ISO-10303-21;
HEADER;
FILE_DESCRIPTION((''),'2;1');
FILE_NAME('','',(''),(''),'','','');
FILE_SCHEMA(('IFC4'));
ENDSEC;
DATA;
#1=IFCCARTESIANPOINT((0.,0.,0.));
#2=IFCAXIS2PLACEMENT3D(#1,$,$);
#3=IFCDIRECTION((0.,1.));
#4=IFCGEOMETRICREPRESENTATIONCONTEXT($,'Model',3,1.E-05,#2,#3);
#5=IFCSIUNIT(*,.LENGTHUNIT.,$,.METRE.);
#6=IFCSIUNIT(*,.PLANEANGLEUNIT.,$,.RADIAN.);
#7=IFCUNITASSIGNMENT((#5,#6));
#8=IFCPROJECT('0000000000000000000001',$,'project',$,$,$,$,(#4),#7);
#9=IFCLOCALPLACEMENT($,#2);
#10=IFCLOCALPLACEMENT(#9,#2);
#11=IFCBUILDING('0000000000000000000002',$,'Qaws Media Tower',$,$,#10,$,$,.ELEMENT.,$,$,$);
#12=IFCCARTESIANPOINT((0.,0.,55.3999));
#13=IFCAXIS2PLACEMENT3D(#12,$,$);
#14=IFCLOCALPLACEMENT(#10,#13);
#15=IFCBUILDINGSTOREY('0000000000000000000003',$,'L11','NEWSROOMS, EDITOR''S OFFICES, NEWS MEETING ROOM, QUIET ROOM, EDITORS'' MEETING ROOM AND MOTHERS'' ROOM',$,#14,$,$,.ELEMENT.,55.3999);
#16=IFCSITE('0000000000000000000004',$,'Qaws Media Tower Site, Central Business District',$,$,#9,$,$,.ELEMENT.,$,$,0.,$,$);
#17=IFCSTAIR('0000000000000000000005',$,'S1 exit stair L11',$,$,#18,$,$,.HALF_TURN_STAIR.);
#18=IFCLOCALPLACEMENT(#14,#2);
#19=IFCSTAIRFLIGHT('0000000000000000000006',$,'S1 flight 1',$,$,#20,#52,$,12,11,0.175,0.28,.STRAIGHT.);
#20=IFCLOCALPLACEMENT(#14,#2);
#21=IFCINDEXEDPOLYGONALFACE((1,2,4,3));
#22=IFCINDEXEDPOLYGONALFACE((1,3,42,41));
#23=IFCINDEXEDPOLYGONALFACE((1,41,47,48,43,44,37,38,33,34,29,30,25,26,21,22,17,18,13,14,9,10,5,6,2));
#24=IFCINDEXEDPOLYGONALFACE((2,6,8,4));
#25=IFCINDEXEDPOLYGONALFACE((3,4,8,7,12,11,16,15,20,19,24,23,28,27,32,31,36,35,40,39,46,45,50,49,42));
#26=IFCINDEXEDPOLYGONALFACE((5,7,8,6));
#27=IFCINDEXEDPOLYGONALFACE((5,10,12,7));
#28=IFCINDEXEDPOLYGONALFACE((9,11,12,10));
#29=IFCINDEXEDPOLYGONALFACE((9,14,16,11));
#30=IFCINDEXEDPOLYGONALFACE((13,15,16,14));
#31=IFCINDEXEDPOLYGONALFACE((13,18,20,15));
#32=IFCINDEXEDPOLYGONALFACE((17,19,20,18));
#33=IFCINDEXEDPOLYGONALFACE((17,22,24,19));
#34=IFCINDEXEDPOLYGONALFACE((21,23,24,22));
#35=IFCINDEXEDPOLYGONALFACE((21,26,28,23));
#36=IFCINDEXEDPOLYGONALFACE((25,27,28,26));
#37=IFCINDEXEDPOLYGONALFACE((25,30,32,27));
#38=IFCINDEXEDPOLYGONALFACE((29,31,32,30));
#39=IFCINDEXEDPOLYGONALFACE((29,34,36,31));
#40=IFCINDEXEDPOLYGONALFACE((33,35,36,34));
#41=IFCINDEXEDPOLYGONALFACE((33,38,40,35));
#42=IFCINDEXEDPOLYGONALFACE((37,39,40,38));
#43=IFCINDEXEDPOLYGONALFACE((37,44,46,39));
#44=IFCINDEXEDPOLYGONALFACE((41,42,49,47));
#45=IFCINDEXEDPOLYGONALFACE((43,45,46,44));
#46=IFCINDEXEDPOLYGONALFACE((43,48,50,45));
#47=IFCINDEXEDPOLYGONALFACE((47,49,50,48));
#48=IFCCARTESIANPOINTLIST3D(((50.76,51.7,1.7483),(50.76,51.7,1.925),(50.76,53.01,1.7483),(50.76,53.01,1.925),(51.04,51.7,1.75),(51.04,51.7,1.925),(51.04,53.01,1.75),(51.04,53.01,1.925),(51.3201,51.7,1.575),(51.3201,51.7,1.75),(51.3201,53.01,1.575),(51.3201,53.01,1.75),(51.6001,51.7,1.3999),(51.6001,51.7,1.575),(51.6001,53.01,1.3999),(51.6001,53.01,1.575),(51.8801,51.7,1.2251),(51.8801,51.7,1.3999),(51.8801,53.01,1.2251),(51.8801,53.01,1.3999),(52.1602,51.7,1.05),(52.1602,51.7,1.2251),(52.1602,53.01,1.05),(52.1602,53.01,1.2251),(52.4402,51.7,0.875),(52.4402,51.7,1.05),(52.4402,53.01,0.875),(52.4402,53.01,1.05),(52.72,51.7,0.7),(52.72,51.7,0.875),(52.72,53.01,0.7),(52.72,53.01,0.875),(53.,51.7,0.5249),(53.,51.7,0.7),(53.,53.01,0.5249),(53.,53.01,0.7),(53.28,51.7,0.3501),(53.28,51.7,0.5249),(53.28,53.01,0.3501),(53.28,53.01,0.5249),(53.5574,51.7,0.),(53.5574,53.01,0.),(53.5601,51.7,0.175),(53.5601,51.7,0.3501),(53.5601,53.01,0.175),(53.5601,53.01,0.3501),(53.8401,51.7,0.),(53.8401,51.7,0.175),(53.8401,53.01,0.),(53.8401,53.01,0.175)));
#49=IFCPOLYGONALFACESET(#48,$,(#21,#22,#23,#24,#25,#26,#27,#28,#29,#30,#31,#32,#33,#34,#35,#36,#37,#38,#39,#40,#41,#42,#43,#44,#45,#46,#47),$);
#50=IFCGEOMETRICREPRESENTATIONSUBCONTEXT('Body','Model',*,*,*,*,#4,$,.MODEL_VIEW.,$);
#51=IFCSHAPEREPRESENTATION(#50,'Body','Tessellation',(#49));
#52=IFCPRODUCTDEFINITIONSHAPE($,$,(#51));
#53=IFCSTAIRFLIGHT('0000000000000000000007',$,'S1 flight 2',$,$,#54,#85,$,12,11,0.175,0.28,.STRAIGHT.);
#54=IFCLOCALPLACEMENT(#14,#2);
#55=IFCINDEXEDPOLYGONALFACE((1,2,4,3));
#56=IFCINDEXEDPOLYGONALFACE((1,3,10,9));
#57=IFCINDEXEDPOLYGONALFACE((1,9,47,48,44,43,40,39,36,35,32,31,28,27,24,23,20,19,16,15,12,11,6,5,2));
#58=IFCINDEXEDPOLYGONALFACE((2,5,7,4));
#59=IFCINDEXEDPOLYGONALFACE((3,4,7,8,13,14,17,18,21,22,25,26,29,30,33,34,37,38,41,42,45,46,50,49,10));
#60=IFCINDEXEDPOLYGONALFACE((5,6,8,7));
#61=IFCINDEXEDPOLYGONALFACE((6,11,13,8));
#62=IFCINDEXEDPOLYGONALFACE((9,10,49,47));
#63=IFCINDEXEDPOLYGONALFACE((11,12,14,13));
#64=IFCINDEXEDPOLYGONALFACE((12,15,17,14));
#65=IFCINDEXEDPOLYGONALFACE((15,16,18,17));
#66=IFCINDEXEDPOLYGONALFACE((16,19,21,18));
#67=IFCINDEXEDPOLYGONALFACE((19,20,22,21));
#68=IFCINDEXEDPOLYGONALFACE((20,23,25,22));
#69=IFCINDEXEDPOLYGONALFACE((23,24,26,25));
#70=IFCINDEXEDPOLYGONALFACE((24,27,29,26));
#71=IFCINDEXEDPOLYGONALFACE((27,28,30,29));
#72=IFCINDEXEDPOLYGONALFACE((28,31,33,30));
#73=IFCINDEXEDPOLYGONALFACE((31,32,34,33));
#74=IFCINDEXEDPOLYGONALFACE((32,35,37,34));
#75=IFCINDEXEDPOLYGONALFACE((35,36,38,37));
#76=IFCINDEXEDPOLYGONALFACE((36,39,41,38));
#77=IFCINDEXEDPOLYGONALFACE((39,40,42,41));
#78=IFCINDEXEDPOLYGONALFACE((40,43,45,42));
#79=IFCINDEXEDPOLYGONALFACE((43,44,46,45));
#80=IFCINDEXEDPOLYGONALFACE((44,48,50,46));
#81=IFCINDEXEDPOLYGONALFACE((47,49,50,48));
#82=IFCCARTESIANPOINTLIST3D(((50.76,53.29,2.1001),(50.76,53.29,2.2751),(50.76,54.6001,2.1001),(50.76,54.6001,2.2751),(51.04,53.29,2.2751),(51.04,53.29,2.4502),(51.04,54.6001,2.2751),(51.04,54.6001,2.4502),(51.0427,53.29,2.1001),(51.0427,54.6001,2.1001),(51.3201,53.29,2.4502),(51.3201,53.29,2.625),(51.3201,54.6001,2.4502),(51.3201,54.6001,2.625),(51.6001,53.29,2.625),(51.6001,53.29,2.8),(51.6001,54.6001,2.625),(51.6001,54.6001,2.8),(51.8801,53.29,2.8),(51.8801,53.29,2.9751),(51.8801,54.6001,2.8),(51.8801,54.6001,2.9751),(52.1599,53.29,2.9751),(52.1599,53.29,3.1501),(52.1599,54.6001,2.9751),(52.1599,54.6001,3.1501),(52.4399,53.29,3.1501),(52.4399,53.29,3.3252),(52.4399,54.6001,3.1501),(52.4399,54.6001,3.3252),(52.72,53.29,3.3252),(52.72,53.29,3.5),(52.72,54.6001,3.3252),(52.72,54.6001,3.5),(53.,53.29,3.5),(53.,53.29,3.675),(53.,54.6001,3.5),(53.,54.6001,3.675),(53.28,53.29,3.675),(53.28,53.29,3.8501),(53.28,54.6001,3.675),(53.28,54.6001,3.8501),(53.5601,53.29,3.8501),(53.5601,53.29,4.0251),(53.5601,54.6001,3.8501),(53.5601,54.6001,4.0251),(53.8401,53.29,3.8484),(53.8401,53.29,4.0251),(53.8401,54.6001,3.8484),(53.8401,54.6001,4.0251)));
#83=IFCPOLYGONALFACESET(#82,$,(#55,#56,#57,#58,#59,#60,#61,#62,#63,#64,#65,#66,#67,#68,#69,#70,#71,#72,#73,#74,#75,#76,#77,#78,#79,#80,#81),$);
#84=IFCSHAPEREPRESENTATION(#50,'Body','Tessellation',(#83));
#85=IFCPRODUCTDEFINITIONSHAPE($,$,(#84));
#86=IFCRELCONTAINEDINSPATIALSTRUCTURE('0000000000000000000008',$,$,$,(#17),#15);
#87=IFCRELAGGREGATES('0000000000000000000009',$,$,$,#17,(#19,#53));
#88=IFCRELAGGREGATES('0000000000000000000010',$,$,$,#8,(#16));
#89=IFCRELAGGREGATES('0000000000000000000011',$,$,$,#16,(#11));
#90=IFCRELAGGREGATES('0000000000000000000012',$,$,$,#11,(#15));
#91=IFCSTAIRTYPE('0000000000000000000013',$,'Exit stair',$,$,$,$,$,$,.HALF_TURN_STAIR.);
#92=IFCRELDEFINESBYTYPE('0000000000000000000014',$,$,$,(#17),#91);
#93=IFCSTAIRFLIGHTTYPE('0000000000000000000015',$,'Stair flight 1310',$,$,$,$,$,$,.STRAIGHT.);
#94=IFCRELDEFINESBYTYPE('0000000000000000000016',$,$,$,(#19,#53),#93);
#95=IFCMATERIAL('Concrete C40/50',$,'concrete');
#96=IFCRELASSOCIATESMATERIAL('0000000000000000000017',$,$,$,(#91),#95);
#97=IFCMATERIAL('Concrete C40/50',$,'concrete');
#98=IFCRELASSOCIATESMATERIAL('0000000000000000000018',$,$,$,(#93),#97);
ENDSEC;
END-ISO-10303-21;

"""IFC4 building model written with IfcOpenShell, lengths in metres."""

from ifc_helpers import new_model, si_unit, direction, frame, origin, place, context, subcontext, project, spatial, polyline, outline, extrude, material, type_object, element, aggregate, save


model = new_model("IFC4")

# Units and contexts
model_context = context("Model", 3, precision=1e-05, world=origin(), true_north=direction((0.0, 1.0)))
body_context = subcontext(model_context, "Body", "Model", "MODEL_VIEW")
ifc_project = project(units=[si_unit("LENGTHUNIT", "METRE"), si_unit("PLANEANGLEUNIT", "RADIAN")], contexts=[model_context])

# Site, building, storey
site_placement = place(None, origin())
site = spatial("IfcSite", under=ifc_project, at=site_placement, Name="Qaws Media Tower Site, Central Business District", CompositionType="ELEMENT", RefElevation=0.0)
building_placement = place(site_placement, origin())
building = spatial("IfcBuilding", under=site, at=building_placement, Name="Qaws Media Tower", CompositionType="ELEMENT")
storey_placement = place(building_placement, frame((0.0, 0.0, 55.3999)))
storey = spatial("IfcBuildingStorey", under=building, at=storey_placement, Name="L11", Description="NEWSROOMS, EDITOR'S OFFICES, NEWS MEETING ROOM, QUIET ROOM, EDITORS' MEETING ROOM AND MOTHERS' ROOM", CompositionType="ELEMENT", Elevation=55.3999)

# Stair, stair flights
ifc_material_1 = material(Name="Concrete C40/50", Category="concrete")
stair_type = type_object("IfcStairType", Name="Exit stair", PredefinedType="HALF_TURN_STAIR", material=ifc_material_1)
stair_placement = place(storey_placement, origin())
stair = element("IfcStair", 1, at=stair_placement, inside=storey, type_object=stair_type, Name="S1 exit stair L11", PredefinedType="HALF_TURN_STAIR")
ifc_material_2 = material(Name="Concrete C40/50", Category="concrete")
stair_flight_type = type_object("IfcStairFlightType", Name="Stair flight 1310", PredefinedType="STRAIGHT", material=ifc_material_2)
stair_flight_1_placement = place(storey_placement, frame((53.8401, 52.355, 0.0), z_axis=(0.0, 0.0, 1.0), x_axis=(-1.0, 0.0, 0.0)))
stair_flight_1 = element("IfcStairFlight", 2, at=stair_flight_1_placement, type_object=stair_flight_type, Name="S1 flight 1", NumberOfRisers=12, NumberOfTreads=11, PredefinedType="STRAIGHT", RiserHeight=0.175, TreadLength=0.28, context=body_context, shape_type="SweptSolid", body=[
    extrude(outline(polyline([(0.0, 0.0), (0.0, 0.175), (0.28, 0.175), (0.28, 0.3501), (0.5601, 0.3501), (0.5601, 0.5249), (0.8401, 0.5249), (0.8401, 0.7), (1.1201, 0.7), (1.1201, 0.875), (1.3999, 0.875), (1.3999, 1.05), (1.6799, 1.05), (1.6799, 1.2251), (1.96, 1.2251), (1.96, 1.3999), (2.24, 1.3999), (2.24, 1.575), (2.52, 1.575), (2.52, 1.75), (2.8, 1.75), (2.8, 1.925), (3.0801, 1.925), (3.0801, 2.1001), (3.0801, 1.7483), (0.2827, 0.0), (0.0, 0.0)])), frame((0.0, 0.655, 0.0), z_axis=(0.0, -1.0, 0.0), x_axis=(1.0, 0.0, 0.0)), (0.0, 0.0, 1.0), 1.3101),
])
stair_flight_2_placement = place(storey_placement, frame((50.76, 53.9451, 2.1001), z_axis=(0.0, 0.0, 1.0), x_axis=(1.0, 0.0, 0.0)))
stair_flight_2 = element("IfcStairFlight", 3, at=stair_flight_2_placement, type_object=stair_flight_type, Name="S1 flight 2", NumberOfRisers=12, NumberOfTreads=11, PredefinedType="STRAIGHT", RiserHeight=0.175, TreadLength=0.28, context=body_context, shape_type="SweptSolid", body=[
    extrude(outline(polyline([(0.0, 0.0), (0.0, 0.175), (0.28, 0.175), (0.28, 0.3501), (0.5601, 0.3501), (0.5601, 0.5249), (0.8401, 0.5249), (0.8401, 0.7), (1.1201, 0.7), (1.1201, 0.875), (1.3999, 0.875), (1.3999, 1.05), (1.6799, 1.05), (1.6799, 1.2251), (1.96, 1.2251), (1.96, 1.3999), (2.24, 1.3999), (2.24, 1.575), (2.52, 1.575), (2.52, 1.75), (2.8, 1.75), (2.8, 1.925), (3.0801, 1.925), (3.0801, 2.1001), (3.0801, 1.7483), (0.2827, 0.0), (0.0, 0.0)])), frame((0.0, 0.655, 0.0), z_axis=(0.0, -1.0, 0.0), x_axis=(1.0, 0.0, 0.0)), (0.0, 0.0, 1.0), 1.3101),
])
aggregate(stair, [stair_flight_1, stair_flight_2])

save(model, "model.ifc")
